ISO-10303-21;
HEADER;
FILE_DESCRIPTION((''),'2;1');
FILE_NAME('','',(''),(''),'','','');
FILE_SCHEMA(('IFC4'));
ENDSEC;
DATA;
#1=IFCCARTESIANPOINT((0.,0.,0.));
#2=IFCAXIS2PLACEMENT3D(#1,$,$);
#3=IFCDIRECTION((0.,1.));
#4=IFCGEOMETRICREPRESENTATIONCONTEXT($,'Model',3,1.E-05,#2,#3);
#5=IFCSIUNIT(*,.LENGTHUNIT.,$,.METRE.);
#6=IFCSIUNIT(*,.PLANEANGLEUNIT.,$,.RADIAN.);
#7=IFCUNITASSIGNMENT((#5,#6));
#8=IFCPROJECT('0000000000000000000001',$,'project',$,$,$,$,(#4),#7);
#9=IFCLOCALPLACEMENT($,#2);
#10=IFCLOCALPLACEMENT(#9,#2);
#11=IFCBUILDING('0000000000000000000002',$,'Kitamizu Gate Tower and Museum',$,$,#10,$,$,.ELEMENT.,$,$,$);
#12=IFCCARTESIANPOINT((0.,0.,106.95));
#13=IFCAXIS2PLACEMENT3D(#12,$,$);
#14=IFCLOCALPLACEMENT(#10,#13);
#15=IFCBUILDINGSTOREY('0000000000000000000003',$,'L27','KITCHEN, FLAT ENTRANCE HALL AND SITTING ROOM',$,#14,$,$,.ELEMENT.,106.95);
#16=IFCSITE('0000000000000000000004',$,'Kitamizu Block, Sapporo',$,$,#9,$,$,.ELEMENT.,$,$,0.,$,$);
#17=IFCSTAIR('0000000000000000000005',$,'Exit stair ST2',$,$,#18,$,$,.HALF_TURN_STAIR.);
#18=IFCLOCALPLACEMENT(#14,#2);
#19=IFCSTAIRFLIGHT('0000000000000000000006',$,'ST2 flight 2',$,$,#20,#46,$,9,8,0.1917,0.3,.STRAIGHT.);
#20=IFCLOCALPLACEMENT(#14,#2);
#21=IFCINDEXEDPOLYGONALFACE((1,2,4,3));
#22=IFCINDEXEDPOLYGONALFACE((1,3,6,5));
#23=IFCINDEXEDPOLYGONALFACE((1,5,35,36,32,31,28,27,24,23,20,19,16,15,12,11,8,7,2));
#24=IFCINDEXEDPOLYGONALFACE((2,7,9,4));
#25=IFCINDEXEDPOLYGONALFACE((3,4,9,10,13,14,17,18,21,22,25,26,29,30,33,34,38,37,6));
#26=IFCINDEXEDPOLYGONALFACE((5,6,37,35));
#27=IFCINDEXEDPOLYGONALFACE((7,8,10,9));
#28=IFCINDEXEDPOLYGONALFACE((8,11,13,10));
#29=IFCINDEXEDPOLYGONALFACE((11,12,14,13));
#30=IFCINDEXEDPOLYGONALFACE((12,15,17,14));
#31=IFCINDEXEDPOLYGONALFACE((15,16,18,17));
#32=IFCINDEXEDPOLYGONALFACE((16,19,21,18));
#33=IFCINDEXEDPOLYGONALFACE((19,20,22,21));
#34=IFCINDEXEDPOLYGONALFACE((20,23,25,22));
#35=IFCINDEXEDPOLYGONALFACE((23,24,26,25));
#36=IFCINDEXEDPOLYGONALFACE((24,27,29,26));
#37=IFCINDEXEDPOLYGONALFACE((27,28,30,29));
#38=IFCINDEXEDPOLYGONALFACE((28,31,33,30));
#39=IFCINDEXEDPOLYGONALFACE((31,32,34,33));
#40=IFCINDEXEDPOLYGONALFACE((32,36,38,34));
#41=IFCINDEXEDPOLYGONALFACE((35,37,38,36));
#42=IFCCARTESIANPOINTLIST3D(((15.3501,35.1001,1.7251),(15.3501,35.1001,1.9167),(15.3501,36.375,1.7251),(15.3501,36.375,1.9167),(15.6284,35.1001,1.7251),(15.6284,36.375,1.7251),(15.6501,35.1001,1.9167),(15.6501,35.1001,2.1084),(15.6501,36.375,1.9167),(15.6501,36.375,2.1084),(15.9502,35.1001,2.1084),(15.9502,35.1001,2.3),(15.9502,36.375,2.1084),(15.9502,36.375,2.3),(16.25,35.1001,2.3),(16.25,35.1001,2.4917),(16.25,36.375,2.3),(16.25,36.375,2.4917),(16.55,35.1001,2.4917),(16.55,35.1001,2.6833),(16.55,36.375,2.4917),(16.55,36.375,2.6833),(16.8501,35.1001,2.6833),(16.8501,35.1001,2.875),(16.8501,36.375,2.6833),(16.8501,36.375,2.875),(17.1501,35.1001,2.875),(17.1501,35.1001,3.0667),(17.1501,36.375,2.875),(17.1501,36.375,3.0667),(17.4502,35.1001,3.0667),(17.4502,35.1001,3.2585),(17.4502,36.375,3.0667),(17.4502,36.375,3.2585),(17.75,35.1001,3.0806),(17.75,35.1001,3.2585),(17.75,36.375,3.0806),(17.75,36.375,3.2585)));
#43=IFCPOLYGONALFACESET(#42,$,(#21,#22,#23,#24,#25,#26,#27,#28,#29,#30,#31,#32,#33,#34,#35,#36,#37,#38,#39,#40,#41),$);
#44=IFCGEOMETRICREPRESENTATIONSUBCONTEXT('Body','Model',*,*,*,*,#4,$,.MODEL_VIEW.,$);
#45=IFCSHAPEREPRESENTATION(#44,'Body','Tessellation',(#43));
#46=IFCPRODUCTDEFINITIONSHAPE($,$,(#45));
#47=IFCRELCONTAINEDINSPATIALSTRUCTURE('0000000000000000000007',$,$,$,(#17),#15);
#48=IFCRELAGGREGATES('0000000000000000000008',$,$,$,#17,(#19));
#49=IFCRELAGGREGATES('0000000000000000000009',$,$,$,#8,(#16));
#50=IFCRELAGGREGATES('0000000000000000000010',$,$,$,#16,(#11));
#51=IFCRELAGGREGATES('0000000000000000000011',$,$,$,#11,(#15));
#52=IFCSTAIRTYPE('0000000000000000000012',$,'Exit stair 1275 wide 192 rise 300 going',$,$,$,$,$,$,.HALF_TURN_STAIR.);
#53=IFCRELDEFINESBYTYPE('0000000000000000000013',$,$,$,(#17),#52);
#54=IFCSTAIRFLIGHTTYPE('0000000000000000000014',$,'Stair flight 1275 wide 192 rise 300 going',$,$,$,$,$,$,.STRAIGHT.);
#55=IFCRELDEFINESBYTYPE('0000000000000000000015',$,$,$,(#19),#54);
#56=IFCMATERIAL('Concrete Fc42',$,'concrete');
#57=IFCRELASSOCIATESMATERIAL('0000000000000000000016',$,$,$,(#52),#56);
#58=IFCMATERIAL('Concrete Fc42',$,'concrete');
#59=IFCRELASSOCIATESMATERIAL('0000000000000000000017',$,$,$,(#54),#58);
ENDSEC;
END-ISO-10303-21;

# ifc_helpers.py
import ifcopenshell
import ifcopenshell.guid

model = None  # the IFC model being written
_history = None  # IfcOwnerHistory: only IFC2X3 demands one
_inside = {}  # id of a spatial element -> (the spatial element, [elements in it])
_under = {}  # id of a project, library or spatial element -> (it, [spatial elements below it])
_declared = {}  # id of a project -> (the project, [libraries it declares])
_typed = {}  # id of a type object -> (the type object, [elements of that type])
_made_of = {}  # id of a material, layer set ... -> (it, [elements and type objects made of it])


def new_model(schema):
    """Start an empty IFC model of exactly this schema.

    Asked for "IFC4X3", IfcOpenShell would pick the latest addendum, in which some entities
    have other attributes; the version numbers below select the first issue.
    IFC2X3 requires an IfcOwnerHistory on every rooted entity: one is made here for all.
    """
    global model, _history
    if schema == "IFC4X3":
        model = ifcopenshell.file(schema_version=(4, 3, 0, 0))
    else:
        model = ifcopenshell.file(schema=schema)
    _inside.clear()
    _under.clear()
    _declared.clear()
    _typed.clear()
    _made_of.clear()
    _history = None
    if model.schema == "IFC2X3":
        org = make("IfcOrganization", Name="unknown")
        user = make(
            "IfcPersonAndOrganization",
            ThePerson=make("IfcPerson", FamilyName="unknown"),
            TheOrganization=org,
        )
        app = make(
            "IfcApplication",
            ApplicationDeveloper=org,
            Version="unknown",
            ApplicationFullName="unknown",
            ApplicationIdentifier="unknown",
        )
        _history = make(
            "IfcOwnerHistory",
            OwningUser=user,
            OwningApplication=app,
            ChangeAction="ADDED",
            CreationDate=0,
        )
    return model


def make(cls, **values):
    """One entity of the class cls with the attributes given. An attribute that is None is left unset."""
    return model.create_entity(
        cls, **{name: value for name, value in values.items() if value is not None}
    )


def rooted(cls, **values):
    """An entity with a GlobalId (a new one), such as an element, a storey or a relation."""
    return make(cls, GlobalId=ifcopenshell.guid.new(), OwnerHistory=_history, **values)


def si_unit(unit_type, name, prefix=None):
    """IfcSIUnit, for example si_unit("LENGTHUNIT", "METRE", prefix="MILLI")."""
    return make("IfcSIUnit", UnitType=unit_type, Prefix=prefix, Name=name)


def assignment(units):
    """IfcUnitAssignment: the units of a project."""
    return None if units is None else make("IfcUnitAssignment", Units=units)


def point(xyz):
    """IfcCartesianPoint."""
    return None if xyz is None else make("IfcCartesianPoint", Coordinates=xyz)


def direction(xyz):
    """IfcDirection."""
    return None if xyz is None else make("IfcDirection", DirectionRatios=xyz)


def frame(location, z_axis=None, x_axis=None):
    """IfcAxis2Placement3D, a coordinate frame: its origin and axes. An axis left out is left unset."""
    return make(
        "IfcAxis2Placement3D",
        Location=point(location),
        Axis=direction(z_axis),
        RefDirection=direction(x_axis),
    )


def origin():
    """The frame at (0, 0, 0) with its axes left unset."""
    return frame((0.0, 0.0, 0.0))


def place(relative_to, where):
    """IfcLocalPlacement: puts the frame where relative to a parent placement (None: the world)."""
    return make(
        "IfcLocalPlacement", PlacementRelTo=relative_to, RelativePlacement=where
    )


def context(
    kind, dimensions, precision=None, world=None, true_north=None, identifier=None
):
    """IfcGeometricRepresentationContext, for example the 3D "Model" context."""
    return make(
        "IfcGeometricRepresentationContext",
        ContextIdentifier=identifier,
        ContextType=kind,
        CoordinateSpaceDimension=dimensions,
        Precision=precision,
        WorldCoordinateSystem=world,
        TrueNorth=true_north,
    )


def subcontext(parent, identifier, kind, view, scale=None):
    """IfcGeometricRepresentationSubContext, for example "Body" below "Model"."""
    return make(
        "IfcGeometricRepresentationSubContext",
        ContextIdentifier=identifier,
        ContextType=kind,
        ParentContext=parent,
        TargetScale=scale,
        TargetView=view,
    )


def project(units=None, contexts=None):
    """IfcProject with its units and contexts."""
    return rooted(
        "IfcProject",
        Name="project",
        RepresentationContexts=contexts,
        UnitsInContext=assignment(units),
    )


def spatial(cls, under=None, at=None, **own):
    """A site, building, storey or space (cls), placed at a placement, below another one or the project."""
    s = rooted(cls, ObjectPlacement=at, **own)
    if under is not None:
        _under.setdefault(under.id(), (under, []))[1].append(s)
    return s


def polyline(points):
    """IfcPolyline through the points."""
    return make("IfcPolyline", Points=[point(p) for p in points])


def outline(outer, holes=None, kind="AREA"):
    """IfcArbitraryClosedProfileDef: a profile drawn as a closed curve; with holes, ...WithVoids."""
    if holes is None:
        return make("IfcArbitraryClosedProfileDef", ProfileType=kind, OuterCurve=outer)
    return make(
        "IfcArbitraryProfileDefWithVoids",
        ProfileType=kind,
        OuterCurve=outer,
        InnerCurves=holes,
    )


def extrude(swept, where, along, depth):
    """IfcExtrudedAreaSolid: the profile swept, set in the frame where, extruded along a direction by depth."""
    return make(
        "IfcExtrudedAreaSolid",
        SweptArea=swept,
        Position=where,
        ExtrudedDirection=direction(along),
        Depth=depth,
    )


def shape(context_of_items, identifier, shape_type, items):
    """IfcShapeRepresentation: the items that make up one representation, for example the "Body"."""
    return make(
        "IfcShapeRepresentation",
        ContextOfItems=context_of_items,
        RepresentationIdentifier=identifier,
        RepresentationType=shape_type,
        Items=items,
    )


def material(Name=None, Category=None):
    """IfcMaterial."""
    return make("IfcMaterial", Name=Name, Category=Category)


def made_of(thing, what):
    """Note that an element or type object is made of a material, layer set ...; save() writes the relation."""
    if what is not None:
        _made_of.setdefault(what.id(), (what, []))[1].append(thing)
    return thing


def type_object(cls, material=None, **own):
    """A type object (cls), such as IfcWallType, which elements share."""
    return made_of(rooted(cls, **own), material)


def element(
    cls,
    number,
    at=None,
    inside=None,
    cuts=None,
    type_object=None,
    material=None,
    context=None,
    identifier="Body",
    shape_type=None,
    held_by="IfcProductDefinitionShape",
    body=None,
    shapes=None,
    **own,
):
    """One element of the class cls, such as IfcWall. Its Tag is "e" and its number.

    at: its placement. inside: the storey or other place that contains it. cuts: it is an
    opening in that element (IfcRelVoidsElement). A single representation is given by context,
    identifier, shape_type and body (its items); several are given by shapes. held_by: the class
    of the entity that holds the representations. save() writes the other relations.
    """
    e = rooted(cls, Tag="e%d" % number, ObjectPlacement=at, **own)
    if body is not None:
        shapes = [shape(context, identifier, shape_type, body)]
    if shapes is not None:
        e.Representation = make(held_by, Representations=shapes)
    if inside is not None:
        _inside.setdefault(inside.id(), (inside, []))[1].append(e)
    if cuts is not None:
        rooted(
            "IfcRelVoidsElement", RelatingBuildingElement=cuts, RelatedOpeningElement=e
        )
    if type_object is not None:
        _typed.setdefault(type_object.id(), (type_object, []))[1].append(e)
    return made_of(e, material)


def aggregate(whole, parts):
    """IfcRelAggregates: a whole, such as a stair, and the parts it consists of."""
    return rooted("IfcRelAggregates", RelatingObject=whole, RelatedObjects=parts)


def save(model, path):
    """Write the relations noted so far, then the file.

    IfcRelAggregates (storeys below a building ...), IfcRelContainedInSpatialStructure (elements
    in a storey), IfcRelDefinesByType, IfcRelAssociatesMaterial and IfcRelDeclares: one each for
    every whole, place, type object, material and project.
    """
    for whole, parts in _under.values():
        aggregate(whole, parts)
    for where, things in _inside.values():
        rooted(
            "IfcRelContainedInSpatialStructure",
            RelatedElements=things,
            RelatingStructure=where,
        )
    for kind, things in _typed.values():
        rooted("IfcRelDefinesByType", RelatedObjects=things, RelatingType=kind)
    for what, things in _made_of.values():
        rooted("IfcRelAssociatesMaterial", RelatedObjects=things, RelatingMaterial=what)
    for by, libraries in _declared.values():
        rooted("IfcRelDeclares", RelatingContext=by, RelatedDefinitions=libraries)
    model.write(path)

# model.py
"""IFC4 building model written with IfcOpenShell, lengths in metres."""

from ifc_helpers import new_model, si_unit, direction, frame, origin, place, context, subcontext, project, spatial, polyline, outline, extrude, material, type_object, element, aggregate, save


model = new_model("IFC4")

# Units and contexts
model_context = context("Model", 3, precision=1e-05, world=origin(), true_north=direction((0.0, 1.0)))
body_context = subcontext(model_context, "Body", "Model", "MODEL_VIEW")
ifc_project = project(units=[si_unit("LENGTHUNIT", "METRE"), si_unit("PLANEANGLEUNIT", "RADIAN")], contexts=[model_context])

# Site, building, storey
site_placement = place(None, origin())
site = spatial("IfcSite", under=ifc_project, at=site_placement, Name="Kitamizu Block, Sapporo", CompositionType="ELEMENT", RefElevation=0.0)
building_placement = place(site_placement, origin())
building = spatial("IfcBuilding", under=site, at=building_placement, Name="Kitamizu Gate Tower and Museum", CompositionType="ELEMENT")
storey_placement = place(building_placement, frame((0.0, 0.0, 106.95)))
storey = spatial("IfcBuildingStorey", under=building, at=storey_placement, Name="L27", Description="KITCHEN, FLAT ENTRANCE HALL AND SITTING ROOM", CompositionType="ELEMENT", Elevation=106.95)

# Stair, stair flight
ifc_material_1 = material(Name="Concrete Fc42", Category="concrete")
stair_type = type_object("IfcStairType", Name="Exit stair 1275 wide 192 rise 300 going", PredefinedType="HALF_TURN_STAIR", material=ifc_material_1)
stair_placement = place(storey_placement, origin())
stair = element("IfcStair", 1, at=stair_placement, inside=storey, type_object=stair_type, Name="Exit stair ST2", PredefinedType="HALF_TURN_STAIR")
ifc_material_2 = material(Name="Concrete Fc42", Category="concrete")
stair_flight_type = type_object("IfcStairFlightType", Name="Stair flight 1275 wide 192 rise 300 going", PredefinedType="STRAIGHT", material=ifc_material_2)
stair_flight_1_placement = place(storey_placement, frame((15.3501, 35.7375, 1.7251), z_axis=(0.0, 0.0, 1.0), x_axis=(1.0, 0.0, 0.0)))
stair_flight_1 = element("IfcStairFlight", 2, at=stair_flight_1_placement, type_object=stair_flight_type, Name="ST2 flight 2", NumberOfRisers=9, NumberOfTreads=8, PredefinedType="STRAIGHT", RiserHeight=0.1917, TreadLength=0.3, context=body_context, shape_type="SweptSolid", body=[
    extrude(outline(polyline([(0.0, 0.0), (0.0, 0.1917), (0.3, 0.1917), (0.3, 0.3833), (0.6001, 0.3833), (0.6001, 0.575), (0.8999, 0.575), (0.8999, 0.7666), (1.2, 0.7666), (1.2, 0.9583), (1.5, 0.9583), (1.5, 1.1499), (1.8, 1.1499), (1.8, 1.3416), (2.1001, 1.3416), (2.1001, 1.5334), (2.3999, 1.5334), (2.3999, 1.7251), (2.3999, 1.3555), (0.2783, 0.0), (0.0, 0.0)])), frame((0.0, 0.6375, 0.0), z_axis=(0.0, -1.0, 0.0), x_axis=(1.0, 0.0, 0.0)), (0.0, 0.0, 1.0), 1.2749),
])
aggregate(stair, [stair_flight_1])

save(model, "model.ifc")
